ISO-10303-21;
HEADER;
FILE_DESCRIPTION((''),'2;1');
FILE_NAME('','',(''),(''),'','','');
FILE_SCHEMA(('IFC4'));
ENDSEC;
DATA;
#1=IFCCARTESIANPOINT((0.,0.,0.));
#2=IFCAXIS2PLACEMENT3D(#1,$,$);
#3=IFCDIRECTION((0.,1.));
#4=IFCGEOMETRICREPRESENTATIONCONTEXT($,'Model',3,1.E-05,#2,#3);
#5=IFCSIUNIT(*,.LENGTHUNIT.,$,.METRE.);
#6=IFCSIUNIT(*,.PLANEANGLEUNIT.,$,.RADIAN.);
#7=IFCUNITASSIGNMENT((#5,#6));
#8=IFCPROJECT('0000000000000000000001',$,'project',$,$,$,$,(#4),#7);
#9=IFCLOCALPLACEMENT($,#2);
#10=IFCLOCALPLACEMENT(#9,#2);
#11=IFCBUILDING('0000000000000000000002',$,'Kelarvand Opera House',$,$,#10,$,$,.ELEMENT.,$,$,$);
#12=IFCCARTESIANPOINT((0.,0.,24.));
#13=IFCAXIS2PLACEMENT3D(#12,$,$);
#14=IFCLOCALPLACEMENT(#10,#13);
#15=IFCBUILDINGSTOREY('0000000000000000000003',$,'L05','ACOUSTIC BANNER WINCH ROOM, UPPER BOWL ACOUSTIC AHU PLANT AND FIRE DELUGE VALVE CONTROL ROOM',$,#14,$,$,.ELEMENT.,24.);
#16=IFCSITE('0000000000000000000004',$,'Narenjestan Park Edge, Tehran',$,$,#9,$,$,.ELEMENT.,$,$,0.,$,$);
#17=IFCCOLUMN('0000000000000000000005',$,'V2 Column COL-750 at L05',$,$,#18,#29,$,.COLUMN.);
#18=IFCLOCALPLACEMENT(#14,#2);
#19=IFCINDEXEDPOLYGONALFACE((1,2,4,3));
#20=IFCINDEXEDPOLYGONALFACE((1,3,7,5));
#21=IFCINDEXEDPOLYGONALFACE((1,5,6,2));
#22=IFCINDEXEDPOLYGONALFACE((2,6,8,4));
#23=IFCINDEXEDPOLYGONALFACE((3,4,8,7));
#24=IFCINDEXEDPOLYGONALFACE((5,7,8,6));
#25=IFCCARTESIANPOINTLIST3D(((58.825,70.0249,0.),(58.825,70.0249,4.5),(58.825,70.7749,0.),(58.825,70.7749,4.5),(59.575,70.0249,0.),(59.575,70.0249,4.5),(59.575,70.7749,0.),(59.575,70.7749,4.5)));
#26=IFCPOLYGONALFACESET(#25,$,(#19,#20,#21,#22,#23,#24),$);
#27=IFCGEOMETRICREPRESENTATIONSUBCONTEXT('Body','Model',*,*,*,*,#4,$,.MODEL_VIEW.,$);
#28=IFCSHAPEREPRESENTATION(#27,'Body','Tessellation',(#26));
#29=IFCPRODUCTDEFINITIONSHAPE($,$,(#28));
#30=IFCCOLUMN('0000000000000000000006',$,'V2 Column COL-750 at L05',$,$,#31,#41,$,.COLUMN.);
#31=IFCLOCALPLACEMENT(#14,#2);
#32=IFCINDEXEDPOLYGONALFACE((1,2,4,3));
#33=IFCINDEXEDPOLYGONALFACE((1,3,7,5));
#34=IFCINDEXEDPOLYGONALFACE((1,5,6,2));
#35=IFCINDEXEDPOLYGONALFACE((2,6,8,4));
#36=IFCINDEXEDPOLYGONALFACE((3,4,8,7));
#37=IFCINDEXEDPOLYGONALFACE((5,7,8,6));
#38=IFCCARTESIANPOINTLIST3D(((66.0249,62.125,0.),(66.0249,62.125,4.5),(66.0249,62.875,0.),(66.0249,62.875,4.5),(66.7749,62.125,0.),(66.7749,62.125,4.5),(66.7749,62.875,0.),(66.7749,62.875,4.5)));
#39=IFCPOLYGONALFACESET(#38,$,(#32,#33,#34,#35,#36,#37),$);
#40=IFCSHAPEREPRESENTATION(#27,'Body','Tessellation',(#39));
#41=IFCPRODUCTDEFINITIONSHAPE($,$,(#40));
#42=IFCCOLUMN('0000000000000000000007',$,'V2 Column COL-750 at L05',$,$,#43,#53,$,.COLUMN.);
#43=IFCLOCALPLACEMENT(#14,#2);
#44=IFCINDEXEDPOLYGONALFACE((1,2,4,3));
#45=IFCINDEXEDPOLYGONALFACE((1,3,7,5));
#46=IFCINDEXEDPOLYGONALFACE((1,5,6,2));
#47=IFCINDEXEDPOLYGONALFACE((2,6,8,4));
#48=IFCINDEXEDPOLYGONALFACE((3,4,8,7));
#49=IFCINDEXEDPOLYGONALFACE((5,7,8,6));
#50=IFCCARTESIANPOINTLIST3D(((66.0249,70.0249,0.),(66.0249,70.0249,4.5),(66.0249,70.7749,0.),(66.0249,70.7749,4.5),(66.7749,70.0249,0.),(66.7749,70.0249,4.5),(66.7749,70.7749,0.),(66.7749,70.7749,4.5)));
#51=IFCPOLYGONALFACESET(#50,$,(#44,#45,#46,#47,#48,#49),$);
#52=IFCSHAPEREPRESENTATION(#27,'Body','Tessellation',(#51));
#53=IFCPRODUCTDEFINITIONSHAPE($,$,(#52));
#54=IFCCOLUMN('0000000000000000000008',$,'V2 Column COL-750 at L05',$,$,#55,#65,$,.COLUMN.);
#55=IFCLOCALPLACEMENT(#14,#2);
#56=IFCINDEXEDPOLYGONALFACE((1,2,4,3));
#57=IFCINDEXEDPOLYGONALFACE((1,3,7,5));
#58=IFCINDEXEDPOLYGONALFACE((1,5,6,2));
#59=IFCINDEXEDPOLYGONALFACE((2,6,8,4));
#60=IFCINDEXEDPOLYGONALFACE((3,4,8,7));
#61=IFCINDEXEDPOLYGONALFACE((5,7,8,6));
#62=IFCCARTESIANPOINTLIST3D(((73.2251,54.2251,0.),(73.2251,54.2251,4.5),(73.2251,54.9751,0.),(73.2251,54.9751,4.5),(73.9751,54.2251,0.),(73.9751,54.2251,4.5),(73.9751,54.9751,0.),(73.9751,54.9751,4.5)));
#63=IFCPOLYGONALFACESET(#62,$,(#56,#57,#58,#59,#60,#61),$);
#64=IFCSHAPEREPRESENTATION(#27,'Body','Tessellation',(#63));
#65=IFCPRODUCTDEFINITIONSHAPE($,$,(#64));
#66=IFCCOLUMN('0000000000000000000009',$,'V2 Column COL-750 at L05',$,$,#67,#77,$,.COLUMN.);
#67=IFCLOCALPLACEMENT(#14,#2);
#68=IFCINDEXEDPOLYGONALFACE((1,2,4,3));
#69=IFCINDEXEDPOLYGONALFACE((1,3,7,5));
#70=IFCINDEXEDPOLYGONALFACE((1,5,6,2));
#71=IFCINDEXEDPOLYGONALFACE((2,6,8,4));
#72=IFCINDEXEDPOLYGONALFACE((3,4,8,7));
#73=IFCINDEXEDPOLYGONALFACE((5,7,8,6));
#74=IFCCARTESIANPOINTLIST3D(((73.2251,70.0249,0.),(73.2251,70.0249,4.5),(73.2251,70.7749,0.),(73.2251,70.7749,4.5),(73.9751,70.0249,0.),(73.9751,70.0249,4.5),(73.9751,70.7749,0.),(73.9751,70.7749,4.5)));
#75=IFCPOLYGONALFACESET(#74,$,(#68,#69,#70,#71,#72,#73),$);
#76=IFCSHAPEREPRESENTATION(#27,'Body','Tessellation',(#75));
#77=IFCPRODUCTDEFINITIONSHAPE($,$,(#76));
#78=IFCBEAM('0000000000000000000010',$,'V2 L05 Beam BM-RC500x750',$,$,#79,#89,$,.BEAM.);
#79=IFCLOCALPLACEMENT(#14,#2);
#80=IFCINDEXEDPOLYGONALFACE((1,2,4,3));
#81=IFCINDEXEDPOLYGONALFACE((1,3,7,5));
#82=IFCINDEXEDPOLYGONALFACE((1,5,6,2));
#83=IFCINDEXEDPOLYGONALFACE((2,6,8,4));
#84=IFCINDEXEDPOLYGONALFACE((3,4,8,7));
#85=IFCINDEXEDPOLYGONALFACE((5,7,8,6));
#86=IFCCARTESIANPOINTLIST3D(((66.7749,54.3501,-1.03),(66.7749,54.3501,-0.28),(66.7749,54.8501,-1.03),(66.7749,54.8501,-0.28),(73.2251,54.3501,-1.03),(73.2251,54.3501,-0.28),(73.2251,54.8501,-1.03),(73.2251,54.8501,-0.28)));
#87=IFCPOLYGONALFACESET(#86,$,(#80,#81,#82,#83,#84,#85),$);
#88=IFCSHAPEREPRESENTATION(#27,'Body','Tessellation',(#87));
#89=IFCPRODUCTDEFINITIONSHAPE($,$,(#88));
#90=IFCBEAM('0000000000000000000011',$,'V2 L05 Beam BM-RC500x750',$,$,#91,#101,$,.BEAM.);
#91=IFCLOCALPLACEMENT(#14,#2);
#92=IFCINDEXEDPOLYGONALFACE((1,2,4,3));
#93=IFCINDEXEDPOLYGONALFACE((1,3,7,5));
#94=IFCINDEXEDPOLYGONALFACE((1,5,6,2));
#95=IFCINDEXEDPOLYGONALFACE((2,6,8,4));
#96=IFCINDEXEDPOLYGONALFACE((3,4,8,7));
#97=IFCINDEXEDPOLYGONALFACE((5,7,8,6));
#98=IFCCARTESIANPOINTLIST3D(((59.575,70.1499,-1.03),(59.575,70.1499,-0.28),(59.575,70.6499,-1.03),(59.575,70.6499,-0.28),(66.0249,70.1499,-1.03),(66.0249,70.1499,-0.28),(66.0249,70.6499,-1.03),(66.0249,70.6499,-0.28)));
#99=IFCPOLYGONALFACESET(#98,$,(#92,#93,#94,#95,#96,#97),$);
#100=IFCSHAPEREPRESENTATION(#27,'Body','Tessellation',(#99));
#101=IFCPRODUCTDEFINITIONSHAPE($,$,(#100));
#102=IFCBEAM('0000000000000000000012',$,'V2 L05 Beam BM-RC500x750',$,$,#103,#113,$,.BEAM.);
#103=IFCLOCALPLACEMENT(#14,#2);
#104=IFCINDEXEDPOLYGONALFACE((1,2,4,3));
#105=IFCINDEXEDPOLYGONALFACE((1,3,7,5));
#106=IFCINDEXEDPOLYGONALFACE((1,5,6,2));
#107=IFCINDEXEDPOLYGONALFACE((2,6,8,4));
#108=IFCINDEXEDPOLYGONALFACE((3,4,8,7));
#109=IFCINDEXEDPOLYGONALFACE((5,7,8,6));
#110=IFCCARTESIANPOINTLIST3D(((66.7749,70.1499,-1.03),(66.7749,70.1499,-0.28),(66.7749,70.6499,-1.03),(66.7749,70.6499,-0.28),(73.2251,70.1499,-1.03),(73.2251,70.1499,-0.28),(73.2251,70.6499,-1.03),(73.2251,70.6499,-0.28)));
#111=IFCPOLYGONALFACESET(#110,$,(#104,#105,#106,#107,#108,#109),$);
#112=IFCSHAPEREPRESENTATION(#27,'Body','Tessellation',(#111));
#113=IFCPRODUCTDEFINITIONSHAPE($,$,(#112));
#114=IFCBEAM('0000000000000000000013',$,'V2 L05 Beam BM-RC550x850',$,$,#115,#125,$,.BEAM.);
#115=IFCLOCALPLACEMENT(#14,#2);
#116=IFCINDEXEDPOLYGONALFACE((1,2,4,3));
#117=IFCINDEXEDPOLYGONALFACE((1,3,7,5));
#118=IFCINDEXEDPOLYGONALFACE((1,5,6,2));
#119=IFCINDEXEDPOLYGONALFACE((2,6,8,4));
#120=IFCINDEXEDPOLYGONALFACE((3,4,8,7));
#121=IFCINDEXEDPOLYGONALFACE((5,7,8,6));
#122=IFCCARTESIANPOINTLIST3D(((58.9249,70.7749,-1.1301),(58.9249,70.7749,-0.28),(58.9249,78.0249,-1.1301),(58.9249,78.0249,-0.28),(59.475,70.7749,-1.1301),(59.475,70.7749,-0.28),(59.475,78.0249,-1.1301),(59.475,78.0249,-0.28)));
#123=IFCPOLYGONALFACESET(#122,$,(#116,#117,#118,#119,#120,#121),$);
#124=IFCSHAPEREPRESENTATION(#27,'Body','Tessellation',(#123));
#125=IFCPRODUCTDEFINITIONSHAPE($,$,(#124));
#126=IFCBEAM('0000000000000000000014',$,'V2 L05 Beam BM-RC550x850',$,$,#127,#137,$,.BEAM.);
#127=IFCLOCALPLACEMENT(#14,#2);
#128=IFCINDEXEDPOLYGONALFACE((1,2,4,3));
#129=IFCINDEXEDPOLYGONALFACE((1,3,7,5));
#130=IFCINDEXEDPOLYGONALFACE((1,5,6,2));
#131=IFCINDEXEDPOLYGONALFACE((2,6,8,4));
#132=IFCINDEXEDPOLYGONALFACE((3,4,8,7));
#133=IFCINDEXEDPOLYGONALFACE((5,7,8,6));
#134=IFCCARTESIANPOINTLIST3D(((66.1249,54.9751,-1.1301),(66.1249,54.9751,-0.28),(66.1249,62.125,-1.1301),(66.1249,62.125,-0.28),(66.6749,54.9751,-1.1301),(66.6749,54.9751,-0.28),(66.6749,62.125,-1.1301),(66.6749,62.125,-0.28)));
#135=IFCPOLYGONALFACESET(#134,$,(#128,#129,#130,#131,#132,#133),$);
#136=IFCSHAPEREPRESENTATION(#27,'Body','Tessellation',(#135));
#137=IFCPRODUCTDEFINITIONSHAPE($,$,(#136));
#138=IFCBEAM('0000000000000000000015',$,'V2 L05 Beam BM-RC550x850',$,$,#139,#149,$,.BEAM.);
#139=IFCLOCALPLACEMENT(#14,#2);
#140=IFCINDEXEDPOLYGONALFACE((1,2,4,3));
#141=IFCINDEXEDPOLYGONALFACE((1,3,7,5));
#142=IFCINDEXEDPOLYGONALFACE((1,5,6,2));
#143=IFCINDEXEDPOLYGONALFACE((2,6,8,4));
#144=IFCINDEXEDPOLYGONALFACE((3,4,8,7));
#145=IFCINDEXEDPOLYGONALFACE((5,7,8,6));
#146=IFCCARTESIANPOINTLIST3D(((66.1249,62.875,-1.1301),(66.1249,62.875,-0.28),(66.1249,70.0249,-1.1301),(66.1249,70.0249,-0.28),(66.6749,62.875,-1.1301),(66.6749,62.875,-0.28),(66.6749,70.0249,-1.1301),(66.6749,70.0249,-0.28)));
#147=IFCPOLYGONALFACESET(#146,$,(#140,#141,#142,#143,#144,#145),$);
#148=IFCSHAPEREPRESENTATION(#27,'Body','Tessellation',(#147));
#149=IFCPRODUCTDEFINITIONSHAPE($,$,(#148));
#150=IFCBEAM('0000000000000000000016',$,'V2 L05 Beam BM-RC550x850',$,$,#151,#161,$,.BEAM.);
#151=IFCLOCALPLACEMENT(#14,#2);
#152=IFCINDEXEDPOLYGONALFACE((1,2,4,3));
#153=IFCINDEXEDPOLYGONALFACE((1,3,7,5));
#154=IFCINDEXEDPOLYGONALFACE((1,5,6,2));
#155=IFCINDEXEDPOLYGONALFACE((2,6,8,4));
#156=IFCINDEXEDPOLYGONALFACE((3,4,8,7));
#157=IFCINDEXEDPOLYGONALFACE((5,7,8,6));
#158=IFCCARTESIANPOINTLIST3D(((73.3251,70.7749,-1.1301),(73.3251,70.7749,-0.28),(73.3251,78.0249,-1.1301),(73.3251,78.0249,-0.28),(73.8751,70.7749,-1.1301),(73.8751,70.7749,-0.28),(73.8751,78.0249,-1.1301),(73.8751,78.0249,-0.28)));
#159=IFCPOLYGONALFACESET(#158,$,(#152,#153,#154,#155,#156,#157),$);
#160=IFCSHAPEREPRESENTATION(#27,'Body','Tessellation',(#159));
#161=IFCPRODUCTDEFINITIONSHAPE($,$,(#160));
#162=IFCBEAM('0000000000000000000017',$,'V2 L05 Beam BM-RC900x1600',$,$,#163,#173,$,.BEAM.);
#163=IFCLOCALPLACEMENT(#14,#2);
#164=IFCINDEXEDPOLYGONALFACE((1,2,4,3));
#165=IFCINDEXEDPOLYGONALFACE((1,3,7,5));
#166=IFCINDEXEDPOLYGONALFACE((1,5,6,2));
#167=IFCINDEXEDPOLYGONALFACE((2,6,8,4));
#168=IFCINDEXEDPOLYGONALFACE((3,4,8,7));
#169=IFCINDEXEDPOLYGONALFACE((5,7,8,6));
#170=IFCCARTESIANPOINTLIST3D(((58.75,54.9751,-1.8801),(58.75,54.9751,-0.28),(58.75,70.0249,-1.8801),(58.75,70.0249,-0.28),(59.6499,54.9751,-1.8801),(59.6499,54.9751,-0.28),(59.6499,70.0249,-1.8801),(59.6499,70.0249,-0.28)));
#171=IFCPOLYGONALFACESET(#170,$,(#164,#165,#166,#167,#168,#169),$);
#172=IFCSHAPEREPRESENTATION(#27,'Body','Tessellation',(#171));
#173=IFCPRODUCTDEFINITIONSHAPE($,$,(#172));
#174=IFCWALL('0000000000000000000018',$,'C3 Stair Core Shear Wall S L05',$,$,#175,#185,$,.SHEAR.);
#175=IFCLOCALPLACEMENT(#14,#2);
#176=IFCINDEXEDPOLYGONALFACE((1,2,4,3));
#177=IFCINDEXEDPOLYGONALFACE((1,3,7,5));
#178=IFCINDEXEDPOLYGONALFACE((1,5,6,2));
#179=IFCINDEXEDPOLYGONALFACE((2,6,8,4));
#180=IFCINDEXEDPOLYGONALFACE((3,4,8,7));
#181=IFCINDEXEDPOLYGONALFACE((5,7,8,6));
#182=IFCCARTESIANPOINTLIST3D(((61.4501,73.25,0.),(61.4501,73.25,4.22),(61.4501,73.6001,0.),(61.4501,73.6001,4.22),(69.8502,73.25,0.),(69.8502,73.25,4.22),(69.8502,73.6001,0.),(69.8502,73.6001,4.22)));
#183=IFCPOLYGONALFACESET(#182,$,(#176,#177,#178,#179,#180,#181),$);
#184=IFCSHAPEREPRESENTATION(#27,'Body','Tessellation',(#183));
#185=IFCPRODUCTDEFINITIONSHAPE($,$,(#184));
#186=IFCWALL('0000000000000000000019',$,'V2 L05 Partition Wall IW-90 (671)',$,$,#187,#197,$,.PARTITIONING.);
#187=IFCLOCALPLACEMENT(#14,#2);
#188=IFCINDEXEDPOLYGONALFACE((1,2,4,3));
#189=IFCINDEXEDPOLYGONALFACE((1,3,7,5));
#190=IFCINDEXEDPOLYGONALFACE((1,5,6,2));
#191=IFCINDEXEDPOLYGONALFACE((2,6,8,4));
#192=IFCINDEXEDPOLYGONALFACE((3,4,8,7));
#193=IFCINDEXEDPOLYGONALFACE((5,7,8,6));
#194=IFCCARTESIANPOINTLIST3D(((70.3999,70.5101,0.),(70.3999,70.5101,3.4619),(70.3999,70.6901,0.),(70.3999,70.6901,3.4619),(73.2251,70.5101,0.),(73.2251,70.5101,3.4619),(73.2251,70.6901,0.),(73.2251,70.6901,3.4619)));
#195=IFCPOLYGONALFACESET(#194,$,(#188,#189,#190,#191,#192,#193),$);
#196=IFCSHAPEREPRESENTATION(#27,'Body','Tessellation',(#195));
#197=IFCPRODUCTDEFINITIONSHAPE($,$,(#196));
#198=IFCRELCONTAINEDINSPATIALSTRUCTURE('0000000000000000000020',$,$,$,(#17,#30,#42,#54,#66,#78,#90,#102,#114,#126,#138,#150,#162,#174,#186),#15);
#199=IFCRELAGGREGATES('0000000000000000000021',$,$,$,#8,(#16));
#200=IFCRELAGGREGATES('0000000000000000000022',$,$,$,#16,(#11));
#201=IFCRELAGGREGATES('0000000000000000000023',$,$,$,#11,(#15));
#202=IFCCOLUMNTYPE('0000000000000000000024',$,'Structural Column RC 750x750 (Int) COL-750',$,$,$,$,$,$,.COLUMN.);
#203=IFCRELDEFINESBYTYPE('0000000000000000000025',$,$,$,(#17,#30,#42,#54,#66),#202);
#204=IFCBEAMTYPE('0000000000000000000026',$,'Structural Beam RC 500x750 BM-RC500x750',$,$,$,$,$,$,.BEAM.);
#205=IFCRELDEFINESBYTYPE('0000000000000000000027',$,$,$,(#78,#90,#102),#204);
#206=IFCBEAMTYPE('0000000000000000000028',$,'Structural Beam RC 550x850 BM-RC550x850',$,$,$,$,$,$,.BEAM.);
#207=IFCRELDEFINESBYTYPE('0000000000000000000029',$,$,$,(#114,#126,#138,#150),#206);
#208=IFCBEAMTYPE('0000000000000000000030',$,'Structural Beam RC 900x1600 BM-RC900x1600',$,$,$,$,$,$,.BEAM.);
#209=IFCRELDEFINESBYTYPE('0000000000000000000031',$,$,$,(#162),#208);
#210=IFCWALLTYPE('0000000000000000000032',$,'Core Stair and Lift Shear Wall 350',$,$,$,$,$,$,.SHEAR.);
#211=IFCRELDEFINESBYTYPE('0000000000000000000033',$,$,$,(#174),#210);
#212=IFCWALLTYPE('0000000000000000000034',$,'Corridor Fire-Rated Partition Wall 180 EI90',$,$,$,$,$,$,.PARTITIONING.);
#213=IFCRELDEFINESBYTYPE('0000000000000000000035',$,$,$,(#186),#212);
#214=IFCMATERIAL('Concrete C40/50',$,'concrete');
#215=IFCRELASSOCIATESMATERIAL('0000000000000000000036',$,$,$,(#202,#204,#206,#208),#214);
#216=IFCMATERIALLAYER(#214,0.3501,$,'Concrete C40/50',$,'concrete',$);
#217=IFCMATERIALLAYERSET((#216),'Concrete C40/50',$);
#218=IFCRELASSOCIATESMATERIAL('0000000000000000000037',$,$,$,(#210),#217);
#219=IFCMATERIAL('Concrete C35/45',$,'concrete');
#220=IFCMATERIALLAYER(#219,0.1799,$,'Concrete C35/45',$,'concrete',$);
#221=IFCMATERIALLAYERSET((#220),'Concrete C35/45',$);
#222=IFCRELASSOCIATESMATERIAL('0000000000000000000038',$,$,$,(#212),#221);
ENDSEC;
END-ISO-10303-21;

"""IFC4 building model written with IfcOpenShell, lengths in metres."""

from ifc_helpers import new_model, si_unit, direction, frame, frame_2d, origin, origin_2d, place, context, subcontext, project, spatial, rectangle, extrude, material, layer, layer_set, material_profile, profile_set, type_object, element, save


model = new_model("IFC4")

# Units and contexts
model_context = context("Model", 3, precision=1e-05, world=origin(), true_north=direction((0.0, 1.0)))
body_context = subcontext(model_context, "Body", "Model", "MODEL_VIEW")
ifc_project = project(units=[si_unit("LENGTHUNIT", "METRE"), si_unit("PLANEANGLEUNIT", "RADIAN")], contexts=[model_context])

# Site, building, storey
site_placement = place(None, origin())
site = spatial("IfcSite", under=ifc_project, at=site_placement, Name="Narenjestan Park Edge, Tehran", CompositionType="ELEMENT", RefElevation=0.0)
building_placement = place(site_placement, origin())
building = spatial("IfcBuilding", under=site, at=building_placement, Name="Kelarvand Opera House", CompositionType="ELEMENT")
storey_placement = place(building_placement, frame((0.0, 0.0, 24.0)))
storey = spatial("IfcBuildingStorey", under=building, at=storey_placement, Name="L05", Description="ACOUSTIC BANNER WINCH ROOM, UPPER BOWL ACOUSTIC AHU PLANT AND FIRE DELUGE VALVE CONTROL ROOM", CompositionType="ELEMENT", Elevation=24.0)

# Columns
ifc_material_1 = material(Name="Concrete C40/50", Category="concrete")
ifc_material_profile_1 = material_profile(ifc_material_1, rectangle(XDim=0.75, YDim=0.75, at=origin_2d()), Name="RC 750x750", Category="concrete")
ifc_profile_set_1 = profile_set([ifc_material_profile_1], Name="Concrete C40/50")
column_type = type_object("IfcColumnType", Name="Structural Column RC 750x750 (Int) COL-750", PredefinedType="COLUMN", material=ifc_profile_set_1)
for number, where, z_axis, x_axis, name in (
    (1, (59.2, 70.3999, 0.0), (0.0, 0.0, 1.0), (1.0, 0.0, 0.0), "V2 Column COL-750 at L05"),
    (2, (66.3999, 62.5, 0.0), (0.0, 0.0, 1.0), (1.0, 0.0, 0.0), "V2 Column COL-750 at L05"),
    (3, (66.3999, 70.3999, 0.0), (0.0, 0.0, 1.0), (1.0, 0.0, 0.0), "V2 Column COL-750 at L05"),
    (4, (73.6001, 54.6001, 0.0), (0.0, 0.0, 1.0), (1.0, 0.0, 0.0), "V2 Column COL-750 at L05"),
    (5, (73.6001, 70.3999, 0.0), (0.0, 0.0, 1.0), (1.0, 0.0, 0.0), "V2 Column COL-750 at L05"),
):
    element("IfcColumn", number, at=place(storey_placement, frame(where, z_axis=z_axis, x_axis=x_axis)), inside=storey, type_object=column_type, Name=name, PredefinedType="COLUMN", context=body_context, shape_type="SweptSolid", body=[
        extrude(rectangle(XDim=0.75, YDim=0.75, at=origin_2d()), origin(), (0.0, 0.0, 1.0), 4.5),
    ])

# Beams
ifc_material_profile_2 = material_profile(ifc_material_1, rectangle(XDim=0.5, YDim=0.75, at=origin_2d()), Name="RC 500x750", Category="concrete")
ifc_profile_set_2 = profile_set([ifc_material_profile_2], Name="Concrete C40/50")
beam_type_1 = type_object("IfcBeamType", Name="Structural Beam RC 500x750 BM-RC500x750", PredefinedType="BEAM", material=ifc_profile_set_2)
beam_1_placement = place(storey_placement, frame((66.7749, 54.6001, -0.655), z_axis=(1.0, 0.0, 0.0), x_axis=(0.0, 1.0, 0.0)))
element("IfcBeam", 6, at=beam_1_placement, inside=storey, type_object=beam_type_1, Name="V2 L05 Beam BM-RC500x750", PredefinedType="BEAM", context=body_context, shape_type="SweptSolid", body=[
    extrude(rectangle(XDim=0.5, YDim=0.75, at=origin_2d()), origin(), (0.0, 0.0, 1.0), 6.4502),
])
beam_2_placement = place(storey_placement, frame((59.575, 70.3999, -0.655), z_axis=(1.0, 0.0, 0.0), x_axis=(0.0, 1.0, 0.0)))
element("IfcBeam", 7, at=beam_2_placement, inside=storey, type_object=beam_type_1, Name="V2 L05 Beam BM-RC500x750", PredefinedType="BEAM", context=body_context, shape_type="SweptSolid", body=[
    extrude(rectangle(XDim=0.5, YDim=0.75, at=origin_2d()), origin(), (0.0, 0.0, 1.0), 6.45),
])
beam_3_placement = place(storey_placement, frame((66.7749, 70.3999, -0.655), z_axis=(1.0, 0.0, 0.0), x_axis=(0.0, 1.0, 0.0)))
element("IfcBeam", 8, at=beam_3_placement, inside=storey, type_object=beam_type_1, Name="V2 L05 Beam BM-RC500x750", PredefinedType="BEAM", context=body_context, shape_type="SweptSolid", body=[
    extrude(rectangle(XDim=0.5, YDim=0.75, at=origin_2d()), origin(), (0.0, 0.0, 1.0), 6.4502),
])
ifc_material_profile_3 = material_profile(ifc_material_1, rectangle(XDim=0.55, YDim=0.8501, at=origin_2d()), Name="RC 550x850", Category="concrete")
ifc_profile_set_3 = profile_set([ifc_material_profile_3], Name="Concrete C40/50")
beam_type_2 = type_object("IfcBeamType", Name="Structural Beam RC 550x850 BM-RC550x850", PredefinedType="BEAM", material=ifc_profile_set_3)
beam_4_placement = place(storey_placement, frame((59.2, 70.7749, -0.7051), z_axis=(0.0, 1.0, 0.0), x_axis=(-1.0, 0.0, 0.0)))
element("IfcBeam", 9, at=beam_4_placement, inside=storey, type_object=beam_type_2, Name="V2 L05 Beam BM-RC550x850", PredefinedType="BEAM", context=body_context, shape_type="SweptSolid", body=[
    extrude(rectangle(XDim=0.55, YDim=0.8501, at=origin_2d()), origin(), (0.0, 0.0, 1.0), 7.25),
])
for number, where, z_axis, x_axis, name in (
    (10, (66.3999, 54.9751, -0.7051), (0.0, 1.0, 0.0), (-1.0, 0.0, 0.0), "V2 L05 Beam BM-RC550x850"),
    (11, (66.3999, 62.875, -0.7051), (0.0, 1.0, 0.0), (-1.0, 0.0, 0.0), "V2 L05 Beam BM-RC550x850"),
):
    element("IfcBeam", number, at=place(storey_placement, frame(where, z_axis=z_axis, x_axis=x_axis)), inside=storey, type_object=beam_type_2, Name=name, PredefinedType="BEAM", context=body_context, shape_type="SweptSolid", body=[
        extrude(rectangle(XDim=0.55, YDim=0.8501, at=origin_2d()), origin(), (0.0, 0.0, 1.0), 7.1499),
    ])
beam_5_placement = place(storey_placement, frame((73.6001, 70.7749, -0.7051), z_axis=(0.0, 1.0, 0.0), x_axis=(-1.0, 0.0, 0.0)))
element("IfcBeam", 12, at=beam_5_placement, inside=storey, type_object=beam_type_2, Name="V2 L05 Beam BM-RC550x850", PredefinedType="BEAM", context=body_context, shape_type="SweptSolid", body=[
    extrude(rectangle(XDim=0.55, YDim=0.8501, at=origin_2d()), origin(), (0.0, 0.0, 1.0), 7.25),
])
ifc_material_profile_4 = material_profile(ifc_material_1, rectangle(XDim=0.8999, YDim=1.6001, at=origin_2d()), Name="RC 900x1600", Category="concrete")
ifc_profile_set_4 = profile_set([ifc_material_profile_4], Name="Concrete C40/50")
beam_type_3 = type_object("IfcBeamType", Name="Structural Beam RC 900x1600 BM-RC900x1600", PredefinedType="BEAM", material=ifc_profile_set_4)
beam_6_placement = place(storey_placement, frame((59.2, 54.9751, -1.0801), z_axis=(0.0, 1.0, 0.0), x_axis=(-1.0, 0.0, 0.0)))
element("IfcBeam", 13, at=beam_6_placement, inside=storey, type_object=beam_type_3, Name="V2 L05 Beam BM-RC900x1600", PredefinedType="BEAM", context=body_context, shape_type="SweptSolid", body=[
    extrude(rectangle(XDim=0.8999, YDim=1.6001, at=origin_2d()), origin(), (0.0, 0.0, 1.0), 15.0498),
])

# Walls
ifc_layer_1 = layer(ifc_material_1, 0.3501, Name="Concrete C40/50", Category="concrete")
ifc_layer_set_1 = layer_set([ifc_layer_1], Name="Concrete C40/50")
wall_type_1 = type_object("IfcWallType", Name="Core Stair and Lift Shear Wall 350", PredefinedType="SHEAR", material=ifc_layer_set_1)
wall_1_placement = place(storey_placement, frame((61.45, 73.425, 0.0), z_axis=(0.0, 0.0, 1.0), x_axis=(1.0, 0.0, 0.0)))
element("IfcWall", 14, at=wall_1_placement, inside=storey, type_object=wall_type_1, Name="C3 Stair Core Shear Wall S L05", PredefinedType="SHEAR", context=body_context, shape_type="SweptSolid", body=[
    extrude(rectangle(XDim=8.4001, YDim=0.3501, at=frame_2d((4.2002, 0.0))), origin(), (0.0, 0.0, 1.0), 4.22),
])
ifc_material_2 = material(Name="Concrete C35/45", Category="concrete")
ifc_layer_2 = layer(ifc_material_2, 0.1799, Name="Concrete C35/45", Category="concrete")
ifc_layer_set_2 = layer_set([ifc_layer_2], Name="Concrete C35/45")
wall_type_2 = type_object("IfcWallType", Name="Corridor Fire-Rated Partition Wall 180 EI90", PredefinedType="PARTITIONING", material=ifc_layer_set_2)
wall_2_placement = place(storey_placement, frame((70.3999, 70.6001, 0.0), z_axis=(0.0, 0.0, 1.0), x_axis=(1.0, 0.0, 0.0)))
element("IfcWall", 15, at=wall_2_placement, inside=storey, type_object=wall_type_2, Name="V2 L05 Partition Wall IW-90 (671)", PredefinedType="PARTITIONING", context=body_context, shape_type="SweptSolid", body=[
    extrude(rectangle(XDim=2.8252, YDim=0.1799, at=frame_2d((1.4126, 0.0))), origin(), (0.0, 0.0, 1.0), 3.4619),
])

save(model, "model.ifc")
